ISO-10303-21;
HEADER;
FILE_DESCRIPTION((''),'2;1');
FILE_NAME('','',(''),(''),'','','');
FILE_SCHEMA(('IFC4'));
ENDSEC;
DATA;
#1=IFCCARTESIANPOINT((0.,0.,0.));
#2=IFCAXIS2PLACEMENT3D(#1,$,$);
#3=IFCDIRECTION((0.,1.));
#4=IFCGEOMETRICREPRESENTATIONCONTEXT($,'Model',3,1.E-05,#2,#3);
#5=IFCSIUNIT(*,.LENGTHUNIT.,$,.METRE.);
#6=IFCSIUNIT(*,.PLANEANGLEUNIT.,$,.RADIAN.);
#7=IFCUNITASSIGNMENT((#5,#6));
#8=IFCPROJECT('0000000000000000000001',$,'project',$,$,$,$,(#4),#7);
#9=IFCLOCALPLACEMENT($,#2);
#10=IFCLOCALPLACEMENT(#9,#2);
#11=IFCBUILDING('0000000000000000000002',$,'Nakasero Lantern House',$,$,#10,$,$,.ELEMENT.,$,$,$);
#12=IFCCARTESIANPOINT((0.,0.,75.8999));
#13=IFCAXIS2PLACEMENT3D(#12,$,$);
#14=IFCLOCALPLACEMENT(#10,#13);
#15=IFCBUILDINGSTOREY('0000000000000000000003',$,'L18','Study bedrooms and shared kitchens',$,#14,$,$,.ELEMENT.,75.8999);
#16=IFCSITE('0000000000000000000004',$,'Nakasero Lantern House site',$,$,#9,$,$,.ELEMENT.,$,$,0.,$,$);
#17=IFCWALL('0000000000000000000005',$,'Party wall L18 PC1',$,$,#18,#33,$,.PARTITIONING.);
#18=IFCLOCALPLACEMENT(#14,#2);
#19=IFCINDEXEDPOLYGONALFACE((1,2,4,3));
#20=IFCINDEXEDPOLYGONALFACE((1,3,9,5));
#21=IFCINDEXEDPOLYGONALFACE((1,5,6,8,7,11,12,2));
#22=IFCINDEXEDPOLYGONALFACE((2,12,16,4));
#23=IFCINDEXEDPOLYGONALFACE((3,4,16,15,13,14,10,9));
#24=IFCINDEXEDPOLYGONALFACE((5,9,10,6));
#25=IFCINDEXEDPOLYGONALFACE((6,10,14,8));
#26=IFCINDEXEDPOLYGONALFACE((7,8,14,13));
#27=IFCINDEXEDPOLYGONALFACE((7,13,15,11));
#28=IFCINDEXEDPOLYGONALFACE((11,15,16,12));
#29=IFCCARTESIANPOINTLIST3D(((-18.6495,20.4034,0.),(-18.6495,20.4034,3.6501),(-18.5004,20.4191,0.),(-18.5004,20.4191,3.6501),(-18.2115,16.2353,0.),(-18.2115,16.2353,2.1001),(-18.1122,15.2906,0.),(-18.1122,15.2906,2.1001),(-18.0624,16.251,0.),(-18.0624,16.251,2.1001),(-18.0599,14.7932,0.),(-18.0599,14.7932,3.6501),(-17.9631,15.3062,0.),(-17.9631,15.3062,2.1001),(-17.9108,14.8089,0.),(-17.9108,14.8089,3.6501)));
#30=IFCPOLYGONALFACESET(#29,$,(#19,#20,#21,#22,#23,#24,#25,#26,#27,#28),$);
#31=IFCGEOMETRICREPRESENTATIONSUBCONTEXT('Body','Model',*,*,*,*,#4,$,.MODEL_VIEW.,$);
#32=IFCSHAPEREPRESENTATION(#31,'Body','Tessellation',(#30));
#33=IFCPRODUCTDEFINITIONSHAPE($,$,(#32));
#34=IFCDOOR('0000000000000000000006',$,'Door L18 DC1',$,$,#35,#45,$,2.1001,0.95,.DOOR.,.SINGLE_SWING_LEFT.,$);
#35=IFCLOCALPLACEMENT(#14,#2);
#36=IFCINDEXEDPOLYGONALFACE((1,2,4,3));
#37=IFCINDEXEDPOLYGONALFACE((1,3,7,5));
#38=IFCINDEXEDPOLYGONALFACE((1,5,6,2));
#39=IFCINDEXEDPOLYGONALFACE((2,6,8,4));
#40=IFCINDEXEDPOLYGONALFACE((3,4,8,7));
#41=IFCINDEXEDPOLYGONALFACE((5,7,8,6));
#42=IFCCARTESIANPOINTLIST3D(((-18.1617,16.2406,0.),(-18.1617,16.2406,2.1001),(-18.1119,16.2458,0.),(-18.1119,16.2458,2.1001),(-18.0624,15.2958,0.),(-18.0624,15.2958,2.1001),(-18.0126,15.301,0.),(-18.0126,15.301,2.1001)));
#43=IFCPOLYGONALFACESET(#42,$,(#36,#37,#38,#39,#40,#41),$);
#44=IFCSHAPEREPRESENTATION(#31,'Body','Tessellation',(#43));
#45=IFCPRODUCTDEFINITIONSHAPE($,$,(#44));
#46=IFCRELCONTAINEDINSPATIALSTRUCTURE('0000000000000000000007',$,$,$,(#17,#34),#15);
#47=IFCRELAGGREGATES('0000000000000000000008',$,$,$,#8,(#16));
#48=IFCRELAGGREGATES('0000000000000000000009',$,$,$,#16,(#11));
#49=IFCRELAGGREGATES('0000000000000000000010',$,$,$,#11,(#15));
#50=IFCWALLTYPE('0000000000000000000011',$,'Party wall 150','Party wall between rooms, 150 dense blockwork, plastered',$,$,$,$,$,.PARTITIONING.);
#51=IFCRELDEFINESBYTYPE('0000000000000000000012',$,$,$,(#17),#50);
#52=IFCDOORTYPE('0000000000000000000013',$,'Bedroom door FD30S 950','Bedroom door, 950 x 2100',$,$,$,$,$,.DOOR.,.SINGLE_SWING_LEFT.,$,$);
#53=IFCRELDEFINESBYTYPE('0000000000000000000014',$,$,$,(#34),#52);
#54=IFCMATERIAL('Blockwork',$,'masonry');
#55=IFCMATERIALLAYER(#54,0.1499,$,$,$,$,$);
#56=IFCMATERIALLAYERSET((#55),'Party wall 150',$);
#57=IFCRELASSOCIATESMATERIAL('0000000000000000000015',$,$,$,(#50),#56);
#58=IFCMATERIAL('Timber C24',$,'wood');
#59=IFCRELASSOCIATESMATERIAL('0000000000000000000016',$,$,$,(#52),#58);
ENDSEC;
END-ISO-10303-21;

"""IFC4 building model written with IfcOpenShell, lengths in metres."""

from ifc_helpers import new_model, si_unit, direction, frame, frame_2d, origin, place, context, subcontext, project, spatial, rectangle, extrude, material, layer, layer_set, type_object, element, fill, save


model = new_model("IFC4")

# Units and contexts
model_context = context("Model", 3, precision=1e-05, world=origin(), true_north=direction((0.0, 1.0)))
body_context = subcontext(model_context, "Body", "Model", "MODEL_VIEW")
ifc_project = project(units=[si_unit("LENGTHUNIT", "METRE"), si_unit("PLANEANGLEUNIT", "RADIAN")], contexts=[model_context])

# Site, building, storey
site_placement = place(None, origin())
site = spatial("IfcSite", under=ifc_project, at=site_placement, Name="Nakasero Lantern House site", CompositionType="ELEMENT", RefElevation=0.0)
building_placement = place(site_placement, origin())
building = spatial("IfcBuilding", under=site, at=building_placement, Name="Nakasero Lantern House", CompositionType="ELEMENT")
storey_placement = place(building_placement, frame((0.0, 0.0, 75.8999)))
storey = spatial("IfcBuildingStorey", under=building, at=storey_placement, Name="L18", Description="Study bedrooms and shared kitchens", CompositionType="ELEMENT", Elevation=75.8999)

# Shared definitions
ifc_material_1 = material(Name="Blockwork", Category="masonry")
ifc_layer_1 = layer(ifc_material_1, 0.1499)
ifc_layer_set_1 = layer_set([ifc_layer_1], Name="Party wall 150")
wall_type_1 = type_object("IfcWallType", Name="Party wall 150", Description="Party wall between rooms, 150 dense blockwork, plastered", PredefinedType="PARTITIONING", material=ifc_layer_set_1)

# Wall, opening, door
wall_1_placement = place(storey_placement, frame((-17.9854, 14.801, 0.0), z_axis=(0.0, 0.0, 1.0), x_axis=(-0.10452, 0.994523, 0.0)))
wall_1 = element("IfcWall", 1, at=wall_1_placement, inside=storey, type_object=wall_type_1, Name="Party wall L18 PC1", PredefinedType="PARTITIONING", context=body_context, shape_type="SweptSolid", body=[
    extrude(rectangle(XDim=5.6411, YDim=0.1499, at=frame_2d((2.8206, 0.0))), origin(), (0.0, 0.0, 1.0), 3.6501),
])
opening_1_placement = place(wall_1_placement, frame((0.5, 0.0, 0.0)))
opening_1 = element("IfcOpeningElement", 2, at=opening_1_placement, cuts=wall_1, PredefinedType="OPENING", context=body_context, shape_type="SweptSolid", body=[
    extrude(rectangle(XDim=0.95, YDim=2.1001, at=frame_2d((0.4751, 1.05))), frame((0.0, 0.095, 0.0), z_axis=(0.0, -1.0, 0.0), x_axis=(1.0, 0.0, 0.0)), (0.0, 0.0, 1.0), 0.1899),
])
ifc_material_2 = material(Name="Timber C24", Category="wood")
door_type_1 = type_object("IfcDoorType", Name="Bedroom door FD30S 950", Description="Bedroom door, 950 x 2100", OperationType="SINGLE_SWING_LEFT", PredefinedType="DOOR", material=ifc_material_2)
door_1_placement = place(opening_1_placement, origin())
door_1 = element("IfcDoor", 3, at=door_1_placement, inside=storey, type_object=door_type_1, Name="Door L18 DC1", OperationType="SINGLE_SWING_LEFT", OverallHeight=2.1001, OverallWidth=0.95, PredefinedType="DOOR", context=body_context, shape_type="SweptSolid", body=[
    extrude(rectangle(XDim=0.95, YDim=2.1001, at=frame_2d((0.4751, 1.05))), frame((0.0, 0.0249, 0.0), z_axis=(0.0, -1.0, 0.0), x_axis=(1.0, 0.0, 0.0)), (0.0, 0.0, 1.0), 0.05),
])
fill(opening_1, door_1)

save(model, "model.ifc")
